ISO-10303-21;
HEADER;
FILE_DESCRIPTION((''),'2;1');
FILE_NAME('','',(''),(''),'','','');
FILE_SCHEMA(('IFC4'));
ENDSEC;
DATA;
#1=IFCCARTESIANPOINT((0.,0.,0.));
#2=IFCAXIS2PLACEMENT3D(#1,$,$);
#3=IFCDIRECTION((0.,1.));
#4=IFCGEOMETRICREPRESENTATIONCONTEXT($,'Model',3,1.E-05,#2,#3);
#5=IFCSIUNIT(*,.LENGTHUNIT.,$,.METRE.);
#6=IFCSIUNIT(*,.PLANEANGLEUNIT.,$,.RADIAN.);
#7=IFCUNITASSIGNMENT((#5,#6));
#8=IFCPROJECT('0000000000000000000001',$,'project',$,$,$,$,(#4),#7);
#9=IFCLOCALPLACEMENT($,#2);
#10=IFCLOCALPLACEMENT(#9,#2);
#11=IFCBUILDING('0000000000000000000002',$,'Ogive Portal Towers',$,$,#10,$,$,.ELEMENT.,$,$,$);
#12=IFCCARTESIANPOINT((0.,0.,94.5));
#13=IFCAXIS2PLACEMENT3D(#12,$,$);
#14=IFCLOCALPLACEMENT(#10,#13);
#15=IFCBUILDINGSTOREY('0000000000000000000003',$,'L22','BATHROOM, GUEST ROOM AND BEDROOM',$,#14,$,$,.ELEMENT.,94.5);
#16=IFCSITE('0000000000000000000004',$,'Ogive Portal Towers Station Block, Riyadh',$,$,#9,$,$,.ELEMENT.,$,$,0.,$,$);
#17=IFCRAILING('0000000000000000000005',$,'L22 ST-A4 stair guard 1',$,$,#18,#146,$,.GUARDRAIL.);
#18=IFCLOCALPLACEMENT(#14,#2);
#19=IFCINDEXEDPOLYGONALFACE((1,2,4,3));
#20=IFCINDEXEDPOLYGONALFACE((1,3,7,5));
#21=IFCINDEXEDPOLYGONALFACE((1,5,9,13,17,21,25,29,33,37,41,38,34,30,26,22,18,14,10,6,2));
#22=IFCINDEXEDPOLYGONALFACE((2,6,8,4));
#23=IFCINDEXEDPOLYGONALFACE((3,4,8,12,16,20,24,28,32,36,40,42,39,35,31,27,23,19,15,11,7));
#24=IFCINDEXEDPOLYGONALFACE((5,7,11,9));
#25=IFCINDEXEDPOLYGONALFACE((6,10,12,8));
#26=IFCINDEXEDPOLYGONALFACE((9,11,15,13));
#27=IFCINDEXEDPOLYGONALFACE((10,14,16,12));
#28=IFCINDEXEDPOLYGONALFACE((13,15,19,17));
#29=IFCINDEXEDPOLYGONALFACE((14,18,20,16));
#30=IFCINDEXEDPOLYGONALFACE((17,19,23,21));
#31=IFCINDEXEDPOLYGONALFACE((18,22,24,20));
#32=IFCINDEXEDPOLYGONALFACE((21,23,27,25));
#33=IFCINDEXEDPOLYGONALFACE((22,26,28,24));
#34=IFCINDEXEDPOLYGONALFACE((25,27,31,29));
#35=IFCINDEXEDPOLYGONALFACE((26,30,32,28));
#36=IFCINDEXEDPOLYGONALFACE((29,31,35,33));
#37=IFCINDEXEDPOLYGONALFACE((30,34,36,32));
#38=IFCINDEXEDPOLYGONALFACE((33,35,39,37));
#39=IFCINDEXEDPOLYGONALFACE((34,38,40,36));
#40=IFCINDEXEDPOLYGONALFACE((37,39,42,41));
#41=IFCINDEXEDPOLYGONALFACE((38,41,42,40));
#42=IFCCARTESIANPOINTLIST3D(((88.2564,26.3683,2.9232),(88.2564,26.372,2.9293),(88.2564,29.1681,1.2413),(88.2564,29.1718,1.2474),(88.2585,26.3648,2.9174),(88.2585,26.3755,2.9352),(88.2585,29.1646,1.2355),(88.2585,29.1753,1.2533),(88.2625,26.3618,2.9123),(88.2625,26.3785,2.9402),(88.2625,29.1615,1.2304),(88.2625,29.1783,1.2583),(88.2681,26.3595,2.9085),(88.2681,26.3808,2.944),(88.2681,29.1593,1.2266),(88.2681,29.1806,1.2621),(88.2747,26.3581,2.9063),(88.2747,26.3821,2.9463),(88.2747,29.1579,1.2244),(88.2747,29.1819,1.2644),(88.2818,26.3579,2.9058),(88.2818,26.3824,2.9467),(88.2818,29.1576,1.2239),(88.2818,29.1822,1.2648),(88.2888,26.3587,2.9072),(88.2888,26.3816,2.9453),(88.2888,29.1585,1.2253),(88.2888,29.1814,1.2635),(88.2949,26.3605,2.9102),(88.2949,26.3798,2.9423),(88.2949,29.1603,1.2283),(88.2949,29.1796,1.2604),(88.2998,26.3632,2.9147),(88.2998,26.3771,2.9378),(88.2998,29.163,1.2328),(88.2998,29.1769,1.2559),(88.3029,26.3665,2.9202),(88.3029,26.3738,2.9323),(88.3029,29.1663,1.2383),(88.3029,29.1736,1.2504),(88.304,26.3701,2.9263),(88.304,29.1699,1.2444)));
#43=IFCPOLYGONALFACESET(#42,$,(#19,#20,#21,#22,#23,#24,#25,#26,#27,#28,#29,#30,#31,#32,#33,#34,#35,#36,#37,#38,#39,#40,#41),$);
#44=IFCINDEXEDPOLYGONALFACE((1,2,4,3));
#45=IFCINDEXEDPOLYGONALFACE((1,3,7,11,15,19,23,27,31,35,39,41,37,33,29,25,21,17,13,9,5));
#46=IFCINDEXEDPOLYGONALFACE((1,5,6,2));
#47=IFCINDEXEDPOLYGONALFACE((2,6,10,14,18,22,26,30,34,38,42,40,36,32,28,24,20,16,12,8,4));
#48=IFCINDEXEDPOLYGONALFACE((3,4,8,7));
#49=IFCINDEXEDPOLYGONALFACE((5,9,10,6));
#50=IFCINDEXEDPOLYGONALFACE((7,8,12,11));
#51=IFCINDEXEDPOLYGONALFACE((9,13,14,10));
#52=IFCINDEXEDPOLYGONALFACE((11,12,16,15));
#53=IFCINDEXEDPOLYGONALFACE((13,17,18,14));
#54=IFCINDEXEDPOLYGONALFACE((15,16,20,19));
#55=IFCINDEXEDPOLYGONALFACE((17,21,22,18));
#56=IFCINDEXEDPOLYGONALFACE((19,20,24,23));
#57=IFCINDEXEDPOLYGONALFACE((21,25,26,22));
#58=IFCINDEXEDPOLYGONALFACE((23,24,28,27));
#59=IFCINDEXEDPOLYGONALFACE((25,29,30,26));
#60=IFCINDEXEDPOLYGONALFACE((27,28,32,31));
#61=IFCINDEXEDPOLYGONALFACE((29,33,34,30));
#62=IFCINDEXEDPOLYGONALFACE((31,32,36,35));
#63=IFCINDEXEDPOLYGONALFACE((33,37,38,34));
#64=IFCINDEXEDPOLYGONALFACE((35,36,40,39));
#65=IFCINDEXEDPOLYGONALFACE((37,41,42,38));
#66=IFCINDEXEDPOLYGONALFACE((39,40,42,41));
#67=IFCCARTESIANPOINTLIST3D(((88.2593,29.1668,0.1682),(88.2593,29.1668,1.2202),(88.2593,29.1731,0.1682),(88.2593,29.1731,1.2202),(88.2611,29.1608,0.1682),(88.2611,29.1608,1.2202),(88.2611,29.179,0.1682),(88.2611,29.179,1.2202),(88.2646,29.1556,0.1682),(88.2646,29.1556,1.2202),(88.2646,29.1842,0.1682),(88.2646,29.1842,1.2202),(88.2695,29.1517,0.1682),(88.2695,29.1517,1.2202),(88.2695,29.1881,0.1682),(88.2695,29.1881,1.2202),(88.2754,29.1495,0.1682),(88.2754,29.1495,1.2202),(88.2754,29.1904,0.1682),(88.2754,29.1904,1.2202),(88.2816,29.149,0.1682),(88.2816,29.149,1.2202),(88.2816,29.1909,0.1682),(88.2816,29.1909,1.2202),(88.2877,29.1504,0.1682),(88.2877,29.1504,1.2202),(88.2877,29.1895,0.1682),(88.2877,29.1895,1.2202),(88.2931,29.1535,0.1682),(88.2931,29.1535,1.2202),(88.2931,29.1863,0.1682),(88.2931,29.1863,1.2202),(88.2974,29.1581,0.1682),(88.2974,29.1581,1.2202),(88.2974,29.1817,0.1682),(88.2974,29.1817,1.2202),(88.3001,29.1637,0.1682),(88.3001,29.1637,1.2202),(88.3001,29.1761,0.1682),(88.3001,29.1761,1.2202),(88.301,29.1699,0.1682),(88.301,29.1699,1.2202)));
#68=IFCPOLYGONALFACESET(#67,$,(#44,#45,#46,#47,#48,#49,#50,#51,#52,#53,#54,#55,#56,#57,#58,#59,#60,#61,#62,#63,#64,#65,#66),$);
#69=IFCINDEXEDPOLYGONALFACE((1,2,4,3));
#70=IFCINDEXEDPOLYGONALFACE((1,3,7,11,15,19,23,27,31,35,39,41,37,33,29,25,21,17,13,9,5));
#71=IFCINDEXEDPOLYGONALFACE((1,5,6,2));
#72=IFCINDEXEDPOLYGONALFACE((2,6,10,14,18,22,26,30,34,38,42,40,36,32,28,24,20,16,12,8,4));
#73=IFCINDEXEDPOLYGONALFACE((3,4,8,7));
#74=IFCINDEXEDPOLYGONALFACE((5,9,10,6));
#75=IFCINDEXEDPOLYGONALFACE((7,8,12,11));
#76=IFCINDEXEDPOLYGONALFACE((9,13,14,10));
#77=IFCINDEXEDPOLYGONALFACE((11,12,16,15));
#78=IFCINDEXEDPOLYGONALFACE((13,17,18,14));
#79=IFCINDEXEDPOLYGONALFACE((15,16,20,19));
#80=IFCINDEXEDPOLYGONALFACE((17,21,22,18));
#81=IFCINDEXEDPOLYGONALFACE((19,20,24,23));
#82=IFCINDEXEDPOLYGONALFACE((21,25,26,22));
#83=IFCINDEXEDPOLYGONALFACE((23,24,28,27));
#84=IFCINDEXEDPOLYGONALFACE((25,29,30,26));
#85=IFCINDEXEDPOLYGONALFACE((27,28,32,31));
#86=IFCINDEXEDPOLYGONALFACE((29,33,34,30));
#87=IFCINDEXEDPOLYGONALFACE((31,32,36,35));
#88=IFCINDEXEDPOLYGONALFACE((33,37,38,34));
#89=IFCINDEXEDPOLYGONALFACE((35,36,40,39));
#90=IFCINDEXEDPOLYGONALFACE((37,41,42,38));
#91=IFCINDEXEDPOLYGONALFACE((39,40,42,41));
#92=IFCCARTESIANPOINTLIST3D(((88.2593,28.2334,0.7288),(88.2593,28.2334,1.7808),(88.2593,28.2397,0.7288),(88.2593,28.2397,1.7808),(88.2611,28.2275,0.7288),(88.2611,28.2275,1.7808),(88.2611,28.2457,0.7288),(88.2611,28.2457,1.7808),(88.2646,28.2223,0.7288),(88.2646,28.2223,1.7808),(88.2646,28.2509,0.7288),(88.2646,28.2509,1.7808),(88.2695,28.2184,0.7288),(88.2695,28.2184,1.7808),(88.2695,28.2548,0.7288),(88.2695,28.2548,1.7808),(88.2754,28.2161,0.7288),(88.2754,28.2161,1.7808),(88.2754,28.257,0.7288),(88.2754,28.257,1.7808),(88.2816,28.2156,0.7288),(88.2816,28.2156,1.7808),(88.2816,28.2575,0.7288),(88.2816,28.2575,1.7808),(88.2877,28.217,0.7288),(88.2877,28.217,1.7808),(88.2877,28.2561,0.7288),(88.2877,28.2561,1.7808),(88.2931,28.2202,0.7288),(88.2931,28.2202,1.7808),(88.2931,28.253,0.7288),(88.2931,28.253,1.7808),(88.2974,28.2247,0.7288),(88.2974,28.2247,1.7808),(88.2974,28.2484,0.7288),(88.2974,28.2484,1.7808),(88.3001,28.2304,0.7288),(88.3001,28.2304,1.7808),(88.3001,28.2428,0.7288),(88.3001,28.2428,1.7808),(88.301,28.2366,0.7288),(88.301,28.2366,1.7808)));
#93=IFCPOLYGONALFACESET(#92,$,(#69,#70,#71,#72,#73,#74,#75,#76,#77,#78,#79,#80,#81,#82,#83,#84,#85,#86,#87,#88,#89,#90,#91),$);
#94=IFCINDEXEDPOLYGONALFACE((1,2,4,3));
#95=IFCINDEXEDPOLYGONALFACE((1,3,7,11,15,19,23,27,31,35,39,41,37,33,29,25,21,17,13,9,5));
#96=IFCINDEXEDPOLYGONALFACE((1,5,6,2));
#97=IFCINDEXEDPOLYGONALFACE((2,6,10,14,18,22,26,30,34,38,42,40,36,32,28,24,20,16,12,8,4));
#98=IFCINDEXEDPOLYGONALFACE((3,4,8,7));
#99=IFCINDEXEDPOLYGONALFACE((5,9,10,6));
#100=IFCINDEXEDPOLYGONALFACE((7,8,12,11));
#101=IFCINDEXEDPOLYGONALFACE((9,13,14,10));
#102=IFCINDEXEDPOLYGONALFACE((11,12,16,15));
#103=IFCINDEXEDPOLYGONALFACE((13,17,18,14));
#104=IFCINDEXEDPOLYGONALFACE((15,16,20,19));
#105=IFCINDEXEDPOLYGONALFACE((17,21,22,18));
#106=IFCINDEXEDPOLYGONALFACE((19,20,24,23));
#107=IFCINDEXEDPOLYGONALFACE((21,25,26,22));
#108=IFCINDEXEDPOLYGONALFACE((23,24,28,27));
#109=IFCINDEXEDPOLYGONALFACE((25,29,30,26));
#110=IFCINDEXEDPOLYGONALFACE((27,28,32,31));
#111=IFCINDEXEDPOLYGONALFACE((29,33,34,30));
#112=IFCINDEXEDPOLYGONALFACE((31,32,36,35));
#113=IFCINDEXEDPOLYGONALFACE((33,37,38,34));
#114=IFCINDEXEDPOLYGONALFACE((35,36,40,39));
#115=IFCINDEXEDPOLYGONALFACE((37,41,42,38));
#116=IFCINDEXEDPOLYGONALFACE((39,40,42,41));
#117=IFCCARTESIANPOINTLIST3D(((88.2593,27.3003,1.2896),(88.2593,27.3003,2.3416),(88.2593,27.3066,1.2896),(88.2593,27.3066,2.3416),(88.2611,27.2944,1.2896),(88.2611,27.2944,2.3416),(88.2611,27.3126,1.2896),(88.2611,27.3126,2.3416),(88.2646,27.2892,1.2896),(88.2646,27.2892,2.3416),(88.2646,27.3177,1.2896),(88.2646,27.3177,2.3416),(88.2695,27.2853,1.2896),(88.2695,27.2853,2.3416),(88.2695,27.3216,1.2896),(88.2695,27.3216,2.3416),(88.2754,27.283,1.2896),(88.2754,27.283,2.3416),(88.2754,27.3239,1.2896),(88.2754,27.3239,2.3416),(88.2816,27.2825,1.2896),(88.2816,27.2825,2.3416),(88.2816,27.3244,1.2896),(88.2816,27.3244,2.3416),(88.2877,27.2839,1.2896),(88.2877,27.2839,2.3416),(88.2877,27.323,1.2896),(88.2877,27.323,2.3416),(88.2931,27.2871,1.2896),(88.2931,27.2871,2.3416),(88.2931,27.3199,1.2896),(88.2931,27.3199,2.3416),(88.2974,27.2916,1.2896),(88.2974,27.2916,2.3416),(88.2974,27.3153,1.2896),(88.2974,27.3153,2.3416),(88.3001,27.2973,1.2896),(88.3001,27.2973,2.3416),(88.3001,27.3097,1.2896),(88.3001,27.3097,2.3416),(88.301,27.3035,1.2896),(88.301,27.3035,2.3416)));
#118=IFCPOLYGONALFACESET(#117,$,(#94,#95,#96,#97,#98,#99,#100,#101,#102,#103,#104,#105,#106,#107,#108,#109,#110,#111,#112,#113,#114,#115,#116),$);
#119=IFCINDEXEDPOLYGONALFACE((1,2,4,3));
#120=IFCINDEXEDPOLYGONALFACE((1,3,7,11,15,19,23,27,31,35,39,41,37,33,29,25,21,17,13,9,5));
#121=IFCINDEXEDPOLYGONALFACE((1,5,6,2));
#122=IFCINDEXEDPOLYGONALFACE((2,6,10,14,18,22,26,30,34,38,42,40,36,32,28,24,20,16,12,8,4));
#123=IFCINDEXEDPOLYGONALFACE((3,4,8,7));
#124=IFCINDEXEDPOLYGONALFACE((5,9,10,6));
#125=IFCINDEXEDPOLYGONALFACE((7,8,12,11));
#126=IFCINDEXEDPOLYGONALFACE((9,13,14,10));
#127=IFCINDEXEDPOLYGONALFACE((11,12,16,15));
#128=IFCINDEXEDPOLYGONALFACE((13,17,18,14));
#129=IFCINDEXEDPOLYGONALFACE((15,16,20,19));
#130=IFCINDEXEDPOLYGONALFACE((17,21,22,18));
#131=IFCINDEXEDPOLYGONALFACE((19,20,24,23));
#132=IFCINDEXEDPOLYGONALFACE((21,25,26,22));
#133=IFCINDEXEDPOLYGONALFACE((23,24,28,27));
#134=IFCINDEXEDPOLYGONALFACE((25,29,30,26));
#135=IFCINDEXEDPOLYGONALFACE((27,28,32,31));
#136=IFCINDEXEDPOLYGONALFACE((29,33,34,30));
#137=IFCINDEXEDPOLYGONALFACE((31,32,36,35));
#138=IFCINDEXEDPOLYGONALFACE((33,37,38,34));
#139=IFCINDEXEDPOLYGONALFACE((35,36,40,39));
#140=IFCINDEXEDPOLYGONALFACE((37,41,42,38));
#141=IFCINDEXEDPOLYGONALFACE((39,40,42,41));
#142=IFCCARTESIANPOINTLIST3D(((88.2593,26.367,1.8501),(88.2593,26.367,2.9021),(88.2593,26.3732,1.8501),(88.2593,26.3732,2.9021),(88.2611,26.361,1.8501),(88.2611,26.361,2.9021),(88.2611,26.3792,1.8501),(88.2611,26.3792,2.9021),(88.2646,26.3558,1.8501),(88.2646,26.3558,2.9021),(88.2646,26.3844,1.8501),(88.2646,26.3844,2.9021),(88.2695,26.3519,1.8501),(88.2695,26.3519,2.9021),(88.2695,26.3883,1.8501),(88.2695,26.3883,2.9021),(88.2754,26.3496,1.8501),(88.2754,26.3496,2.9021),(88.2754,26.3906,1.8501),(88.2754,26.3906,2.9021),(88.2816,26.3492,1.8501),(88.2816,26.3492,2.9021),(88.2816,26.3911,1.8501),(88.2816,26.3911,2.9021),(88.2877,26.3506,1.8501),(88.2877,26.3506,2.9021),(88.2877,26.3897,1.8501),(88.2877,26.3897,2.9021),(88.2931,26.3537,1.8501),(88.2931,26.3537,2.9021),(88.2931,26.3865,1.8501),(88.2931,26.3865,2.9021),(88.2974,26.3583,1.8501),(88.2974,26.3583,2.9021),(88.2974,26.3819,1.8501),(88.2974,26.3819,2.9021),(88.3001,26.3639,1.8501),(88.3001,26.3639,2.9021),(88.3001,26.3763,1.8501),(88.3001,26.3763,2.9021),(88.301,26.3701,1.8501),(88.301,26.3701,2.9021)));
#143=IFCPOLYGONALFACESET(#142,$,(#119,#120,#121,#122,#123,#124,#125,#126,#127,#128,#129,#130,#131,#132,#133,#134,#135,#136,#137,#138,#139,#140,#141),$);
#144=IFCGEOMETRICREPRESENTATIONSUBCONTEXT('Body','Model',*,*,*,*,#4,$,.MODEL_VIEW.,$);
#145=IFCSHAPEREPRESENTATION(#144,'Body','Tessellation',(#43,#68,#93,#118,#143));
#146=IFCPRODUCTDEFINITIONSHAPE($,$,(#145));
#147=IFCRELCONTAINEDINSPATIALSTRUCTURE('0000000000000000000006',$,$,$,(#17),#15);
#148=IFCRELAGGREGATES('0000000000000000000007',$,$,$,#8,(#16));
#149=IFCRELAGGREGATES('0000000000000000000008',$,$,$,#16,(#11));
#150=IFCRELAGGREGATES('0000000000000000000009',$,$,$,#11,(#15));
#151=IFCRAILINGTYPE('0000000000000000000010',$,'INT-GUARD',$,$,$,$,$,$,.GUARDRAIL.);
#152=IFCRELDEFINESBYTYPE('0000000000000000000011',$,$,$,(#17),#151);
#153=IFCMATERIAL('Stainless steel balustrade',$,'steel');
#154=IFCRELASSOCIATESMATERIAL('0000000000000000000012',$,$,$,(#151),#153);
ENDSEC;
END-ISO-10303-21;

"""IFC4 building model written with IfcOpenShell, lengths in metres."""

from ifc_helpers import new_model, si_unit, direction, frame, origin, origin_2d, place, context, subcontext, project, spatial, circle, extrude, material, type_object, element, save


model = new_model("IFC4")

# Units and contexts
model_context = context("Model", 3, precision=1e-05, world=origin(), true_north=direction((0.0, 1.0)))
body_context = subcontext(model_context, "Body", "Model", "MODEL_VIEW")
ifc_project = project(units=[si_unit("LENGTHUNIT", "METRE"), si_unit("PLANEANGLEUNIT", "RADIAN")], contexts=[model_context])

# Site, building, storey
site_placement = place(None, origin())
site = spatial("IfcSite", under=ifc_project, at=site_placement, Name="Ogive Portal Towers Station Block, Riyadh", CompositionType="ELEMENT", RefElevation=0.0)
building_placement = place(site_placement, origin())
building = spatial("IfcBuilding", under=site, at=building_placement, Name="Ogive Portal Towers", CompositionType="ELEMENT")
storey_placement = place(building_placement, frame((0.0, 0.0, 94.5)))
storey = spatial("IfcBuildingStorey", under=building, at=storey_placement, Name="L22", Description="BATHROOM, GUEST ROOM AND BEDROOM", CompositionType="ELEMENT", Elevation=94.5)

# Railing
ifc_material_1 = material(Name="Stainless steel balustrade", Category="steel")
railing_type_1 = type_object("IfcRailingType", Name="INT-GUARD", PredefinedType="GUARDRAIL", material=ifc_material_1)
railing_1_placement = place(storey_placement, frame((88.28, 29.1699, 0.1682)))
element("IfcRailing", 1, at=railing_1_placement, inside=storey, type_object=railing_type_1, Name="L22 ST-A4 stair guard 1", PredefinedType="GUARDRAIL", context=body_context, shape_type="SweptSolid", body=[
    extrude(circle(Radius=0.0239, at=origin_2d()), frame((0.0, 0.0, 1.0762), z_axis=(0.0, -0.857222, 0.514946), x_axis=(1.0, 0.0, 0.0)), (0.0, 0.0, 1.0), 3.2661),
    extrude(circle(Radius=0.021, at=origin_2d()), origin(), (0.0, 0.0, 1.0), 1.052),
    extrude(circle(Radius=0.021, at=origin_2d()), frame((0.0, -0.9333, 0.5605)), (0.0, 0.0, 1.0), 1.052),
    extrude(circle(Radius=0.021, at=origin_2d()), frame((0.0, -1.8665, 1.1213)), (0.0, 0.0, 1.0), 1.052),
    extrude(circle(Radius=0.021, at=origin_2d()), frame((0.0, -2.7998, 1.6819)), (0.0, 0.0, 1.0), 1.052),
])

save(model, "model.ifc")
